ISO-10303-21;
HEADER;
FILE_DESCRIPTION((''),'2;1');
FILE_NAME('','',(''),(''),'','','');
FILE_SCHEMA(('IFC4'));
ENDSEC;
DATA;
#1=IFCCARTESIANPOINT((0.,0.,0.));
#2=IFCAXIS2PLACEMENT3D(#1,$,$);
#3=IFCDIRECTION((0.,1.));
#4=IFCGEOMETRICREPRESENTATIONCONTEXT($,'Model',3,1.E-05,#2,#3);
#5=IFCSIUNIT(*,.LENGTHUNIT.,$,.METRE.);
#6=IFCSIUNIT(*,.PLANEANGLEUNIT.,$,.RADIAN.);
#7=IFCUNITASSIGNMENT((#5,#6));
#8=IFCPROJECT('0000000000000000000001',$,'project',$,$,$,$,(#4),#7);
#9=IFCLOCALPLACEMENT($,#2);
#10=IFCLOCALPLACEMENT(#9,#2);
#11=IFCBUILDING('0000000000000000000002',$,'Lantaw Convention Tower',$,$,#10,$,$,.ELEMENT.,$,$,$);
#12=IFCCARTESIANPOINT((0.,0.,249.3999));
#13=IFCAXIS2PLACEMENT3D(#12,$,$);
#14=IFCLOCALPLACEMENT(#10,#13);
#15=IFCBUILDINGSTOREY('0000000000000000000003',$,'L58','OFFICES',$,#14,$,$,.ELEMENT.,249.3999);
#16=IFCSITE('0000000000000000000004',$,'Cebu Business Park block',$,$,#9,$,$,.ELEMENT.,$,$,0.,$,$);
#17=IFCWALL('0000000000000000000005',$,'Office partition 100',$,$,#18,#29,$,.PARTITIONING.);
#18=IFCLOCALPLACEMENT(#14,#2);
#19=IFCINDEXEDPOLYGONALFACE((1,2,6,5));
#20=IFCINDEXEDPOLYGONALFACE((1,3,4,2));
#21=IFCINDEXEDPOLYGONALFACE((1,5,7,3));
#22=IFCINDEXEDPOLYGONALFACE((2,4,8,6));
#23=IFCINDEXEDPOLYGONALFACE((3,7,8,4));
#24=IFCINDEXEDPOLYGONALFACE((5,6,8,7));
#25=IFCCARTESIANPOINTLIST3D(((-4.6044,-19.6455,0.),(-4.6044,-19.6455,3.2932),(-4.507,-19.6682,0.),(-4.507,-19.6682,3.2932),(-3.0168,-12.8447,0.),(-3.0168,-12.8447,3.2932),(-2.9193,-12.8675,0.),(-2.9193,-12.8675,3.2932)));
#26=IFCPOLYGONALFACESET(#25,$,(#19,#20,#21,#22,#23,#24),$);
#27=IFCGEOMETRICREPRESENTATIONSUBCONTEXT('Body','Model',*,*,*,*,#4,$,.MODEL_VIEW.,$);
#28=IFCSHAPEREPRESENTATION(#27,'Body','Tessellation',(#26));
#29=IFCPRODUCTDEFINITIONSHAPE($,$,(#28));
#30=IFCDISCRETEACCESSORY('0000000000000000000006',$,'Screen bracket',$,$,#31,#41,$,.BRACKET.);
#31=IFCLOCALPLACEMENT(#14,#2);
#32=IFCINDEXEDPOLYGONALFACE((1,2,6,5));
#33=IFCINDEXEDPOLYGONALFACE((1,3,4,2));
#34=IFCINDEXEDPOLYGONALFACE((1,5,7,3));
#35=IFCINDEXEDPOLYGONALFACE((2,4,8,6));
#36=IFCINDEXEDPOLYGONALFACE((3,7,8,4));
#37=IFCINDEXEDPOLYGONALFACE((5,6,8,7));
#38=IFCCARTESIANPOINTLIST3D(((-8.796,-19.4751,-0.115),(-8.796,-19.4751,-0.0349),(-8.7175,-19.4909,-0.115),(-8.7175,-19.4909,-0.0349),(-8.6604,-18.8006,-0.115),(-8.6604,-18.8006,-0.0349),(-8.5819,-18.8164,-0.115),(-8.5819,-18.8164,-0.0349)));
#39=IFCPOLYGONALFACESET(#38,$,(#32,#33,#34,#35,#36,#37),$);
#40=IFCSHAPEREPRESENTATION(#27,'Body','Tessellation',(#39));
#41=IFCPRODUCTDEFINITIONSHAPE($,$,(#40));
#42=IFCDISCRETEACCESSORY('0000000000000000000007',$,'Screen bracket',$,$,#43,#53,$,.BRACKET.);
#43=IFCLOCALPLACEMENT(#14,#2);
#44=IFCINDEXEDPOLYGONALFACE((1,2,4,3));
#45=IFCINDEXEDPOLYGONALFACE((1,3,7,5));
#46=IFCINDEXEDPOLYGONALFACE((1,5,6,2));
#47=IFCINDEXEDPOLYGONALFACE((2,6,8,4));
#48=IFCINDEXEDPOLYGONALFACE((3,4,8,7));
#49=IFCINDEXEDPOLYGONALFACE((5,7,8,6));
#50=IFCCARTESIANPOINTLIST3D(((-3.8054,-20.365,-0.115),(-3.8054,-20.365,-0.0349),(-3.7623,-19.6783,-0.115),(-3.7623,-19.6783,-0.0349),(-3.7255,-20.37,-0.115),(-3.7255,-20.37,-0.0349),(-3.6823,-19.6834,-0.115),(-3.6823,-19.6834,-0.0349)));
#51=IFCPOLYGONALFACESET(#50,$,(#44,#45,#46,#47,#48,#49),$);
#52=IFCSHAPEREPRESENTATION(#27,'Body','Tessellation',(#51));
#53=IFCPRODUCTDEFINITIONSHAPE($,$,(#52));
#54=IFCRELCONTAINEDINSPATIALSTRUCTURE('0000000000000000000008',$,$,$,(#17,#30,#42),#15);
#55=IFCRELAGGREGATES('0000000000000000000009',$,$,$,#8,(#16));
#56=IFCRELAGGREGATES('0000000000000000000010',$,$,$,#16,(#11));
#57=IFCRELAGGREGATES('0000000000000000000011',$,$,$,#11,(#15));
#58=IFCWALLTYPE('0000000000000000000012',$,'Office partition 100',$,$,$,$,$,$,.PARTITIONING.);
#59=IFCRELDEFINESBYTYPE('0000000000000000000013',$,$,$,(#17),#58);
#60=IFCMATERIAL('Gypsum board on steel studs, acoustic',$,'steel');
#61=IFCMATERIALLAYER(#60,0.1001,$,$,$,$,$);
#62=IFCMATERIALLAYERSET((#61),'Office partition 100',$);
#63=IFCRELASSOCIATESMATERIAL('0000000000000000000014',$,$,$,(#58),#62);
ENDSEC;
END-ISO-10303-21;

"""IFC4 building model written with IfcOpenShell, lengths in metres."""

from ifc_helpers import new_model, si_unit, direction, frame, frame_2d, origin, origin_2d, place, context, subcontext, project, spatial, rectangle, extrude, material, layer, layer_set, type_object, element, save


model = new_model("IFC4")

# Units and contexts
model_context = context("Model", 3, precision=1e-05, world=origin(), true_north=direction((0.0, 1.0)))
body_context = subcontext(model_context, "Body", "Model", "MODEL_VIEW")
ifc_project = project(units=[si_unit("LENGTHUNIT", "METRE"), si_unit("PLANEANGLEUNIT", "RADIAN")], contexts=[model_context])

# Site, building, storey
site_placement = place(None, origin())
site = spatial("IfcSite", under=ifc_project, at=site_placement, Name="Cebu Business Park block", CompositionType="ELEMENT", RefElevation=0.0)
building_placement = place(site_placement, origin())
building = spatial("IfcBuilding", under=site, at=building_placement, Name="Lantaw Convention Tower", CompositionType="ELEMENT")
storey_placement = place(building_placement, frame((0.0, 0.0, 249.3999)))
storey = spatial("IfcBuildingStorey", under=building, at=storey_placement, Name="L58", Description="OFFICES", CompositionType="ELEMENT", Elevation=249.3999)

# Wall
ifc_material_1 = material(Name="Gypsum board on steel studs, acoustic", Category="steel")
ifc_layer_1 = layer(ifc_material_1, 0.1001)
ifc_layer_set_1 = layer_set([ifc_layer_1], Name="Office partition 100")
wall_type = type_object("IfcWallType", Name="Office partition 100", PredefinedType="PARTITIONING", material=ifc_layer_set_1)
wall_placement = place(storey_placement, frame((-4.5557, -19.6567, 0.0), z_axis=(0.0, 0.0, 1.0), x_axis=(0.227338, 0.973816, 0.0)))
element("IfcWall", 1, at=wall_placement, inside=storey, type_object=wall_type, Name="Office partition 100", PredefinedType="PARTITIONING", context=body_context, shape_type="SweptSolid", body=[
    extrude(rectangle(XDim=6.9836, YDim=0.1001, at=frame_2d((3.4917, 0.0))), origin(), (0.0, 0.0, 1.0), 3.2932),
])

# Discrete accessories
for number, where, z_axis, x_axis, name in (
    (2, (-8.689, -19.1458, -0.115), (0.0, 0.0, 1.0), (0.980367, -0.197183, 0.0), "Screen bracket"),
    (3, (-3.7439, -20.0242, -0.115), (0.0, 0.0, 1.0), (0.998029, -0.062758, 0.0), "Screen bracket"),
):
    element("IfcDiscreteAccessory", number, at=place(storey_placement, frame(where, z_axis=z_axis, x_axis=x_axis)), inside=storey, Name=name, PredefinedType="BRACKET", context=body_context, shape_type="SweptSolid", body=[
        extrude(rectangle(XDim=0.0801, YDim=0.688, at=origin_2d()), origin(), (0.0, 0.0, 1.0), 0.0801),
    ])

save(model, "model.ifc")
